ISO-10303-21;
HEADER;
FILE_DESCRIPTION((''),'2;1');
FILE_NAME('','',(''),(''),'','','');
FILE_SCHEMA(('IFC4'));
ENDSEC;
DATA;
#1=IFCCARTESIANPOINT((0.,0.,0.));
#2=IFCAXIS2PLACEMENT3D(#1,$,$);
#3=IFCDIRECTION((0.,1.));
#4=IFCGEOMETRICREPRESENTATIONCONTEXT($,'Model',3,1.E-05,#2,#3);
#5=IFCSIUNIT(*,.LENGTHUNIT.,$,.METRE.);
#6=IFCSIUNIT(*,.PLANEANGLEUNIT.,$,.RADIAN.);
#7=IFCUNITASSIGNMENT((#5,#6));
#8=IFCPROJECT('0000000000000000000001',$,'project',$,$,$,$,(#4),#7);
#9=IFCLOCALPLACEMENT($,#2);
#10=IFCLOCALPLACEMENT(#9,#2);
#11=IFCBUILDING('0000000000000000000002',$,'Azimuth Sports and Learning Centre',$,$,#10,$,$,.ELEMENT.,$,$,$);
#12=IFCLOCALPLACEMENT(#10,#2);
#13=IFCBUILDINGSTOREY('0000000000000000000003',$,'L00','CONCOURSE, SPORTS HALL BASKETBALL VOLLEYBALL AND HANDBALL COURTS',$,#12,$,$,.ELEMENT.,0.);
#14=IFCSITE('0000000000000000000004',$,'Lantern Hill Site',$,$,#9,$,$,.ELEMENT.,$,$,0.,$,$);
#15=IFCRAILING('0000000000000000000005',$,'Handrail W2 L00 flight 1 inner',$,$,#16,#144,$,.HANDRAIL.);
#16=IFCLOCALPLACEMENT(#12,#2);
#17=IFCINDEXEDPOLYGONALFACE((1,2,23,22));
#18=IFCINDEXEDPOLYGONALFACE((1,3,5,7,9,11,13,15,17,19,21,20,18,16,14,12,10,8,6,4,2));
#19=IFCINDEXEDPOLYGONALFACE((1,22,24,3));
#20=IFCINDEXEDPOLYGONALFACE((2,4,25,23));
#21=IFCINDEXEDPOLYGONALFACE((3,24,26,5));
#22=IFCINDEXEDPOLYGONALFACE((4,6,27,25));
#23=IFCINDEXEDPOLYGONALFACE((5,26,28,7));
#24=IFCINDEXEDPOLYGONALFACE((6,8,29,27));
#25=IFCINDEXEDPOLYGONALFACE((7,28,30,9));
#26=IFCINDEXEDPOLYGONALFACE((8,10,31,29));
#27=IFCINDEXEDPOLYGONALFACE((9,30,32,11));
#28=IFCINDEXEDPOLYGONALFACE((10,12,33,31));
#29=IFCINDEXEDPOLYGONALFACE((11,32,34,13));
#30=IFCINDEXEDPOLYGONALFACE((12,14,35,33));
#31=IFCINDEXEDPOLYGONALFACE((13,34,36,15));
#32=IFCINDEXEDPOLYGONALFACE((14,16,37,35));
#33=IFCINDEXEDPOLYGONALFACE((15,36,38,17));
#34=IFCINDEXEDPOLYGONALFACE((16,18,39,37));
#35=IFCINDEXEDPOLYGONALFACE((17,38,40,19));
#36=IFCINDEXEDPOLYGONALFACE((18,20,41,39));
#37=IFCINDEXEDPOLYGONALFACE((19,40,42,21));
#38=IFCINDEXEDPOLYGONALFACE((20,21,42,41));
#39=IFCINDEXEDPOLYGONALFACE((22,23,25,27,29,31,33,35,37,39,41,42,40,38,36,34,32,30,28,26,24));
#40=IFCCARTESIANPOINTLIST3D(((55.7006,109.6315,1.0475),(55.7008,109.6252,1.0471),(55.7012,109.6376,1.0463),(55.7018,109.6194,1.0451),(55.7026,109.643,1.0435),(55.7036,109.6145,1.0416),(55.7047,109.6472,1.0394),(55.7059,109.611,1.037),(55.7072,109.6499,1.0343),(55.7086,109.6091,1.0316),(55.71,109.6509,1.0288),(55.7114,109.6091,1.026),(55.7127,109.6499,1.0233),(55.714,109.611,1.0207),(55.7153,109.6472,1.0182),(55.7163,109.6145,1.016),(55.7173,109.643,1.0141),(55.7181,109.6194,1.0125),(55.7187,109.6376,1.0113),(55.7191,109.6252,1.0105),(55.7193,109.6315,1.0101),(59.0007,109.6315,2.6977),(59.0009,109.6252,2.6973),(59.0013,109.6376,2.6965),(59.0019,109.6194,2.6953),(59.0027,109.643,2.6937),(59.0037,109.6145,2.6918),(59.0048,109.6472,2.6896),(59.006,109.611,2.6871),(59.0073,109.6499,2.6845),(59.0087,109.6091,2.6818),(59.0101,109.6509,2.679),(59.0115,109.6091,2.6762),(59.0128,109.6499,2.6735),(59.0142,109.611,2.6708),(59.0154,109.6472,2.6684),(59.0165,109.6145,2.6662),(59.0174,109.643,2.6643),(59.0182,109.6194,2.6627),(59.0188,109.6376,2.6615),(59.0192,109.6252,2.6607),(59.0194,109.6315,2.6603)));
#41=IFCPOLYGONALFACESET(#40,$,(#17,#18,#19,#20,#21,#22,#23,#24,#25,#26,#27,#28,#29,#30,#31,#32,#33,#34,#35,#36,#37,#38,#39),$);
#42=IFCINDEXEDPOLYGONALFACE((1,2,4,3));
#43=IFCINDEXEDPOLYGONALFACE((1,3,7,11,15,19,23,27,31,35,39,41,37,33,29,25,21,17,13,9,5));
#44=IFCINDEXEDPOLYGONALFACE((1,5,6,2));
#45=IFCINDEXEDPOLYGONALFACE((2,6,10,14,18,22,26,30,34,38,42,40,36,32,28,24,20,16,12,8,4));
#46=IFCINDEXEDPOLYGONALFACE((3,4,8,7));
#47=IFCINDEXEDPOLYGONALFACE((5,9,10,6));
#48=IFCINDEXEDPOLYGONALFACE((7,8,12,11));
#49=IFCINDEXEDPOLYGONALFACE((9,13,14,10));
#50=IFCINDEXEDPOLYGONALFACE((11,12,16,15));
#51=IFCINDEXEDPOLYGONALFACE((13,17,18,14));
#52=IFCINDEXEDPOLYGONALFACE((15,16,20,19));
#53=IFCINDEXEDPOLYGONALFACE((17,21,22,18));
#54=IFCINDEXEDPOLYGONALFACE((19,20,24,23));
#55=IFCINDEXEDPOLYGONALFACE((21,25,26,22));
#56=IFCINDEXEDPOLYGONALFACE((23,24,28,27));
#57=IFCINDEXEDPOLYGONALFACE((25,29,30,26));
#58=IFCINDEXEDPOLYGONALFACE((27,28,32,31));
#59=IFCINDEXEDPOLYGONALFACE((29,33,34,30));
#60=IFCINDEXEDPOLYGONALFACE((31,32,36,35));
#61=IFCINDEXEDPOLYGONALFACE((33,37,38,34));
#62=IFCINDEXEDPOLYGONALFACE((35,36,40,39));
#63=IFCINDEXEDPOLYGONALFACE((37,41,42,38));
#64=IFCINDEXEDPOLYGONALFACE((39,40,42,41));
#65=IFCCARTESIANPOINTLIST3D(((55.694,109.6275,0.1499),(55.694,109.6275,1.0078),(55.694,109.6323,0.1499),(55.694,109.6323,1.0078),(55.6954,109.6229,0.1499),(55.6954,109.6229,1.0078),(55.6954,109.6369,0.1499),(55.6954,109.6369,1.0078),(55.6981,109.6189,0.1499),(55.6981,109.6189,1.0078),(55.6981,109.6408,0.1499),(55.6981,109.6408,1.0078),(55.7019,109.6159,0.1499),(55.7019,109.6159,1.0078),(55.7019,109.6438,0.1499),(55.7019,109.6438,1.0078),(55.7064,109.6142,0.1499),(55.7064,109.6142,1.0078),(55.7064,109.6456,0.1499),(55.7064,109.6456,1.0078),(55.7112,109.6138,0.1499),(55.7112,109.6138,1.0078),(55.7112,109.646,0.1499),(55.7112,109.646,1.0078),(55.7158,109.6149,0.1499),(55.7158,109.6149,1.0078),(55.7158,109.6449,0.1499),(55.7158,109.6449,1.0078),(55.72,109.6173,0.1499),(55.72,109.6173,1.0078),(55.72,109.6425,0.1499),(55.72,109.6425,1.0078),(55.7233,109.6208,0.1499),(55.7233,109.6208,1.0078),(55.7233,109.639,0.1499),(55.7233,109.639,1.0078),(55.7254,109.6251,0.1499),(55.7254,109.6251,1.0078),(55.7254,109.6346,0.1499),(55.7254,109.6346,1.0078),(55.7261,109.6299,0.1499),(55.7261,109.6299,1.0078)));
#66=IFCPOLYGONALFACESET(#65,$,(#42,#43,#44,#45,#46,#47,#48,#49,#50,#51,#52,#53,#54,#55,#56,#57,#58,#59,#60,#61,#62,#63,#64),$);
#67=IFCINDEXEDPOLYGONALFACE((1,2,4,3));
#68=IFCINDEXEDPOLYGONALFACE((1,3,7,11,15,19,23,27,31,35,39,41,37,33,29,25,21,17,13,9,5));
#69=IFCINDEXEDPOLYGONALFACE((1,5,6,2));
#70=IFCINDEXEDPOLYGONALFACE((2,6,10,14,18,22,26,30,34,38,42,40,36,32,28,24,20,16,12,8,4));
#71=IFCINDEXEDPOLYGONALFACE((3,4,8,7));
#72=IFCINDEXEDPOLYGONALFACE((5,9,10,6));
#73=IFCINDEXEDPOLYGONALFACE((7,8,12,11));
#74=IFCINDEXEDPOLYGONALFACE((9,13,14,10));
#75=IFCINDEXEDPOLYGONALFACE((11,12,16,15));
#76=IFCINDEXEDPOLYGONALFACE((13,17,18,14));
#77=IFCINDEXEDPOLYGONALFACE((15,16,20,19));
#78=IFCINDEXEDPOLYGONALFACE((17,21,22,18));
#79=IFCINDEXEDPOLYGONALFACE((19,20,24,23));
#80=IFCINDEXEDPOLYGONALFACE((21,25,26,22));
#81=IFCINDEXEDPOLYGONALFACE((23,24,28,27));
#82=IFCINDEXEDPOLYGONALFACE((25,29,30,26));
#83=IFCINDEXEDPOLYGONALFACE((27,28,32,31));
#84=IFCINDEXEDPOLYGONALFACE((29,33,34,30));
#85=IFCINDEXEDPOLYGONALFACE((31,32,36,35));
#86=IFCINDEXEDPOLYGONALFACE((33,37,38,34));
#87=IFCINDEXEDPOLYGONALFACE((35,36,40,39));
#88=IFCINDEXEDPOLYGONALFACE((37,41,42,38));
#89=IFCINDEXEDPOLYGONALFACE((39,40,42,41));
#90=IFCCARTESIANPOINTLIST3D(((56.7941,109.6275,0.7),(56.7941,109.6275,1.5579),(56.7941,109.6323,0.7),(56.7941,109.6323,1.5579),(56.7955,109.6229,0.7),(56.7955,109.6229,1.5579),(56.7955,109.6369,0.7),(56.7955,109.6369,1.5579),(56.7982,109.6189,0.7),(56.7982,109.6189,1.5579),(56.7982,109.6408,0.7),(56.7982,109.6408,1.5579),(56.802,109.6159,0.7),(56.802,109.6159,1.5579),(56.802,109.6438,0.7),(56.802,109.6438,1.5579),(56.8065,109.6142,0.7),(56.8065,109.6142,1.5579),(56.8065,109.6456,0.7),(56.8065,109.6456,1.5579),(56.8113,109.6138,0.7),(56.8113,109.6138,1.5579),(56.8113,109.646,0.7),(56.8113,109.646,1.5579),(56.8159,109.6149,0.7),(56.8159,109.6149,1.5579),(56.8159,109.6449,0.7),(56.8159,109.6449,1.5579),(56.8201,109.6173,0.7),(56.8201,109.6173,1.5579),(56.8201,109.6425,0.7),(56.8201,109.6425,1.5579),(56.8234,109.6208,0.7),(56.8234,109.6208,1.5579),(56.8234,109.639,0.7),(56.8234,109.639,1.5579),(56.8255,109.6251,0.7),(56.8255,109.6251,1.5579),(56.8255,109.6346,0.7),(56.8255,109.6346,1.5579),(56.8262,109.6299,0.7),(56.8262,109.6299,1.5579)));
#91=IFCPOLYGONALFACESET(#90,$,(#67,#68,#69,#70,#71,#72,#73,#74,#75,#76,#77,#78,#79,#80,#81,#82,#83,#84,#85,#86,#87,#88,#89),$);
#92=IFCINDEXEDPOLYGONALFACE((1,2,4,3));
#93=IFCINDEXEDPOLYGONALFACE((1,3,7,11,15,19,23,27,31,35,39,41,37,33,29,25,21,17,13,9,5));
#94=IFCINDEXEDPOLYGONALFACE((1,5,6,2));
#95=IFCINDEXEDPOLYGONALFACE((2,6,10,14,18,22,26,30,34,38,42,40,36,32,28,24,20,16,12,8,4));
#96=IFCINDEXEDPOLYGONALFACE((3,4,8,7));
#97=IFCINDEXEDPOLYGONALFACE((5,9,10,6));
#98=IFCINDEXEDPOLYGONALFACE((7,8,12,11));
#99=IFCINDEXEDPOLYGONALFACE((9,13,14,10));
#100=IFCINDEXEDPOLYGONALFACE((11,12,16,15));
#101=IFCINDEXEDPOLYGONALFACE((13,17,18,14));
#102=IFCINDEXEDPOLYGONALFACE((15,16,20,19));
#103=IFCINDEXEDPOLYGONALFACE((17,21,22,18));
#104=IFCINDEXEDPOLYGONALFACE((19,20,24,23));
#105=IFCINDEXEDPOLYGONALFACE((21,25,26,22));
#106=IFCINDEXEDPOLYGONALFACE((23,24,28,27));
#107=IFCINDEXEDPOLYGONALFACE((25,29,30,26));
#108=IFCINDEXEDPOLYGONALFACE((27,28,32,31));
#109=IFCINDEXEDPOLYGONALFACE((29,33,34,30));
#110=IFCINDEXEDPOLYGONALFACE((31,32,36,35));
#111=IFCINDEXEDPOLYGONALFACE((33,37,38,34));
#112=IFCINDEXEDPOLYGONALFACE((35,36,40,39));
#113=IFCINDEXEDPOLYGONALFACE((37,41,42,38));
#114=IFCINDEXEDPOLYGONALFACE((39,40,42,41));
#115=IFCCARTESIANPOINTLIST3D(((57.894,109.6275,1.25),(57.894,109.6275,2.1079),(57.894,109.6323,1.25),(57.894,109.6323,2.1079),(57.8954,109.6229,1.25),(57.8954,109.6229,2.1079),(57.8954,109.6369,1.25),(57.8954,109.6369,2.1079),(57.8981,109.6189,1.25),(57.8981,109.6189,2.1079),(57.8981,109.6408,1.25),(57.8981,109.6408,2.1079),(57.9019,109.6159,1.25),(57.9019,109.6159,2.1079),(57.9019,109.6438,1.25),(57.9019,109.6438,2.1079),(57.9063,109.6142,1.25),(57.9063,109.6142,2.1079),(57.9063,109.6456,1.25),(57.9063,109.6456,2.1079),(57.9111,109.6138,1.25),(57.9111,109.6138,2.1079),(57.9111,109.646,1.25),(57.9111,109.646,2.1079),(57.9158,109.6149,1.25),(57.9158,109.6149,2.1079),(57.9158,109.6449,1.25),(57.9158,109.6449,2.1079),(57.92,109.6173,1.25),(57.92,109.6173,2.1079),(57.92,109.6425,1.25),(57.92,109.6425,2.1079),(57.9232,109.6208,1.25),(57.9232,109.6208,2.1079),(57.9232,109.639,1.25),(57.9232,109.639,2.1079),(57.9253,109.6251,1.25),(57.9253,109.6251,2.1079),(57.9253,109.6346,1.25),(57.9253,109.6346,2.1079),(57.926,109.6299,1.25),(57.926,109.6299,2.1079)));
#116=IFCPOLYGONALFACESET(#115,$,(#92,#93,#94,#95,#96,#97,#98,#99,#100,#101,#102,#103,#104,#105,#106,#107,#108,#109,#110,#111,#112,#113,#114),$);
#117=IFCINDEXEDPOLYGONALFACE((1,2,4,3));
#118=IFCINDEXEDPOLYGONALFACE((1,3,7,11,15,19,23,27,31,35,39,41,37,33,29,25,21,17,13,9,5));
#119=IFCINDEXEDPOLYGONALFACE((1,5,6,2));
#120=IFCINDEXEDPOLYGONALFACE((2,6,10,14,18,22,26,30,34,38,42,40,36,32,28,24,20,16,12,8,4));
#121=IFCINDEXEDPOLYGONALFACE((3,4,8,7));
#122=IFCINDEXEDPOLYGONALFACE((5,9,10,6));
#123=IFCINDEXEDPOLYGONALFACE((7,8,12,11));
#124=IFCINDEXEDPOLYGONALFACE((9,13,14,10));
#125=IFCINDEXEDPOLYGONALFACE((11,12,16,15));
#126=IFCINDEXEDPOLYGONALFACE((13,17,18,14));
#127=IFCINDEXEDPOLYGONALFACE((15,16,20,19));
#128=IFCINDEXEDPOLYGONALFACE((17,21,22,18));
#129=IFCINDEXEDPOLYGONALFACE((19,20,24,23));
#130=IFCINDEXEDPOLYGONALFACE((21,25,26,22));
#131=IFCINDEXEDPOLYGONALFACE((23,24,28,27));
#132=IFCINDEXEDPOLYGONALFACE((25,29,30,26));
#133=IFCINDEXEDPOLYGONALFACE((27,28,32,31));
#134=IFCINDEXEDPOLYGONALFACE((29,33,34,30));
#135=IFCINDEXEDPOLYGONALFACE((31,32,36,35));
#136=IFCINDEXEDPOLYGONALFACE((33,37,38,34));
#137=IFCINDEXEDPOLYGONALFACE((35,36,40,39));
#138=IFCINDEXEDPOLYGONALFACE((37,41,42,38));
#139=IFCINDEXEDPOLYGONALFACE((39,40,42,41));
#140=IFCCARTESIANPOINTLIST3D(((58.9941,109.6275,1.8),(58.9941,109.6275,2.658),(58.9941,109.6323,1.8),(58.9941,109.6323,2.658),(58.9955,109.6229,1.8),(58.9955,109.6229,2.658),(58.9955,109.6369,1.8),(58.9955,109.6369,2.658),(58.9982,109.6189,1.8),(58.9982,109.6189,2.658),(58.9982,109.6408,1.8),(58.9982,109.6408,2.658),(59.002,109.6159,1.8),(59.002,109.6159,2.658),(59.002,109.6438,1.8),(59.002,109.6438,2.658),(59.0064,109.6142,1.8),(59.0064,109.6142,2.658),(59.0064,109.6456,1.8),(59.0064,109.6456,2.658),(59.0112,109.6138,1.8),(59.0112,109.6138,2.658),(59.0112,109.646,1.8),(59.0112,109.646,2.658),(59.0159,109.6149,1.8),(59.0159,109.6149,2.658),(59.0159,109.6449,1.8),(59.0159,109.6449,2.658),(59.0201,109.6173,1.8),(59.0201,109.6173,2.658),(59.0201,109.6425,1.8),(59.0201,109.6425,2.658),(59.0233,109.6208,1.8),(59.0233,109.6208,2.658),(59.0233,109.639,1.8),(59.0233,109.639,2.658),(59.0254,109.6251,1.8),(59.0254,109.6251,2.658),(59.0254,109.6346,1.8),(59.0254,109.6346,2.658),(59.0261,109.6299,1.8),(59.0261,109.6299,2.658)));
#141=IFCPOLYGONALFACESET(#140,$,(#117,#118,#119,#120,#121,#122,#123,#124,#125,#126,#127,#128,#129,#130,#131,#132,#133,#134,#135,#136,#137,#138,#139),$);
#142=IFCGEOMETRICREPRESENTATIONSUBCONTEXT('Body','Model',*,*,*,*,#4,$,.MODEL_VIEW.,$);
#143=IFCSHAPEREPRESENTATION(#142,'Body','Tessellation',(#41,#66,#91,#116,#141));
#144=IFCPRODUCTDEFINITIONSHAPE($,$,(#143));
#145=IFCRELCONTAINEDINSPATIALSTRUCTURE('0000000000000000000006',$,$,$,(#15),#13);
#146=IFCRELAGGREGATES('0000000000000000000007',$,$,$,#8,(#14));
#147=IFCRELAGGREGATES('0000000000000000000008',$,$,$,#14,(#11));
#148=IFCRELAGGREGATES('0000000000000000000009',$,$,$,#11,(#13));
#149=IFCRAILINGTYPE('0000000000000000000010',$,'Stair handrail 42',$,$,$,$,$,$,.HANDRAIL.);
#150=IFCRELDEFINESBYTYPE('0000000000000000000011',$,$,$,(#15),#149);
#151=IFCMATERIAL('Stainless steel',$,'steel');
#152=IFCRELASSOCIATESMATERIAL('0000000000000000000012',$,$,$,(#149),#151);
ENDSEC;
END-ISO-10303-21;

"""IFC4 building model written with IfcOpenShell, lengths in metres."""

from ifc_helpers import new_model, si_unit, direction, frame, origin, origin_2d, place, context, subcontext, project, spatial, circle, extrude, material, type_object, element, save


model = new_model("IFC4")

# Units and contexts
model_context = context("Model", 3, precision=1e-05, world=origin(), true_north=direction((0.0, 1.0)))
body_context = subcontext(model_context, "Body", "Model", "MODEL_VIEW")
ifc_project = project(units=[si_unit("LENGTHUNIT", "METRE"), si_unit("PLANEANGLEUNIT", "RADIAN")], contexts=[model_context])

# Site, building, storey
site_placement = place(None, origin())
site = spatial("IfcSite", under=ifc_project, at=site_placement, Name="Lantern Hill Site", CompositionType="ELEMENT", RefElevation=0.0)
building_placement = place(site_placement, origin())
building = spatial("IfcBuilding", under=site, at=building_placement, Name="Azimuth Sports and Learning Centre", CompositionType="ELEMENT")
storey_placement = place(building_placement, origin())
storey = spatial("IfcBuildingStorey", under=building, at=storey_placement, Name="L00", Description="CONCOURSE, SPORTS HALL BASKETBALL VOLLEYBALL AND HANDBALL COURTS", CompositionType="ELEMENT", Elevation=0.0)

# Railing
ifc_material_1 = material(Name="Stainless steel", Category="steel")
railing_type_1 = type_object("IfcRailingType", Name="Stair handrail 42", PredefinedType="HANDRAIL", material=ifc_material_1)
for number, where, name in (
    (1, (55.71, 109.6299, 0.1499), "Handrail W2 L00 flight 1 inner"),
):
    element("IfcRailing", number, at=place(storey_placement, frame(where)), inside=storey, type_object=railing_type_1, Name=name, PredefinedType="HANDRAIL", context=body_context, shape_type="SweptSolid", body=[
        extrude(circle(Radius=0.021, at=origin_2d()), frame((0.0, 0.0, 0.8789), z_axis=(0.894414, 0.0, 0.44724), x_axis=(0.0, 1.0, 0.0)), (0.0, 0.0, 1.0), 3.6897),
        extrude(circle(Radius=0.0161, at=origin_2d()), origin(), (0.0, 0.0, 1.0), 0.8579),
        extrude(circle(Radius=0.0161, at=origin_2d()), frame((1.1001, 0.0, 0.55)), (0.0, 0.0, 1.0), 0.8579),
        extrude(circle(Radius=0.0161, at=origin_2d()), frame((2.2, 0.0, 1.1001)), (0.0, 0.0, 1.0), 0.8579),
        extrude(circle(Radius=0.0161, at=origin_2d()), frame((3.3, 0.0, 1.6501)), (0.0, 0.0, 1.0), 0.8579),
    ])

save(model, "model.ifc")
